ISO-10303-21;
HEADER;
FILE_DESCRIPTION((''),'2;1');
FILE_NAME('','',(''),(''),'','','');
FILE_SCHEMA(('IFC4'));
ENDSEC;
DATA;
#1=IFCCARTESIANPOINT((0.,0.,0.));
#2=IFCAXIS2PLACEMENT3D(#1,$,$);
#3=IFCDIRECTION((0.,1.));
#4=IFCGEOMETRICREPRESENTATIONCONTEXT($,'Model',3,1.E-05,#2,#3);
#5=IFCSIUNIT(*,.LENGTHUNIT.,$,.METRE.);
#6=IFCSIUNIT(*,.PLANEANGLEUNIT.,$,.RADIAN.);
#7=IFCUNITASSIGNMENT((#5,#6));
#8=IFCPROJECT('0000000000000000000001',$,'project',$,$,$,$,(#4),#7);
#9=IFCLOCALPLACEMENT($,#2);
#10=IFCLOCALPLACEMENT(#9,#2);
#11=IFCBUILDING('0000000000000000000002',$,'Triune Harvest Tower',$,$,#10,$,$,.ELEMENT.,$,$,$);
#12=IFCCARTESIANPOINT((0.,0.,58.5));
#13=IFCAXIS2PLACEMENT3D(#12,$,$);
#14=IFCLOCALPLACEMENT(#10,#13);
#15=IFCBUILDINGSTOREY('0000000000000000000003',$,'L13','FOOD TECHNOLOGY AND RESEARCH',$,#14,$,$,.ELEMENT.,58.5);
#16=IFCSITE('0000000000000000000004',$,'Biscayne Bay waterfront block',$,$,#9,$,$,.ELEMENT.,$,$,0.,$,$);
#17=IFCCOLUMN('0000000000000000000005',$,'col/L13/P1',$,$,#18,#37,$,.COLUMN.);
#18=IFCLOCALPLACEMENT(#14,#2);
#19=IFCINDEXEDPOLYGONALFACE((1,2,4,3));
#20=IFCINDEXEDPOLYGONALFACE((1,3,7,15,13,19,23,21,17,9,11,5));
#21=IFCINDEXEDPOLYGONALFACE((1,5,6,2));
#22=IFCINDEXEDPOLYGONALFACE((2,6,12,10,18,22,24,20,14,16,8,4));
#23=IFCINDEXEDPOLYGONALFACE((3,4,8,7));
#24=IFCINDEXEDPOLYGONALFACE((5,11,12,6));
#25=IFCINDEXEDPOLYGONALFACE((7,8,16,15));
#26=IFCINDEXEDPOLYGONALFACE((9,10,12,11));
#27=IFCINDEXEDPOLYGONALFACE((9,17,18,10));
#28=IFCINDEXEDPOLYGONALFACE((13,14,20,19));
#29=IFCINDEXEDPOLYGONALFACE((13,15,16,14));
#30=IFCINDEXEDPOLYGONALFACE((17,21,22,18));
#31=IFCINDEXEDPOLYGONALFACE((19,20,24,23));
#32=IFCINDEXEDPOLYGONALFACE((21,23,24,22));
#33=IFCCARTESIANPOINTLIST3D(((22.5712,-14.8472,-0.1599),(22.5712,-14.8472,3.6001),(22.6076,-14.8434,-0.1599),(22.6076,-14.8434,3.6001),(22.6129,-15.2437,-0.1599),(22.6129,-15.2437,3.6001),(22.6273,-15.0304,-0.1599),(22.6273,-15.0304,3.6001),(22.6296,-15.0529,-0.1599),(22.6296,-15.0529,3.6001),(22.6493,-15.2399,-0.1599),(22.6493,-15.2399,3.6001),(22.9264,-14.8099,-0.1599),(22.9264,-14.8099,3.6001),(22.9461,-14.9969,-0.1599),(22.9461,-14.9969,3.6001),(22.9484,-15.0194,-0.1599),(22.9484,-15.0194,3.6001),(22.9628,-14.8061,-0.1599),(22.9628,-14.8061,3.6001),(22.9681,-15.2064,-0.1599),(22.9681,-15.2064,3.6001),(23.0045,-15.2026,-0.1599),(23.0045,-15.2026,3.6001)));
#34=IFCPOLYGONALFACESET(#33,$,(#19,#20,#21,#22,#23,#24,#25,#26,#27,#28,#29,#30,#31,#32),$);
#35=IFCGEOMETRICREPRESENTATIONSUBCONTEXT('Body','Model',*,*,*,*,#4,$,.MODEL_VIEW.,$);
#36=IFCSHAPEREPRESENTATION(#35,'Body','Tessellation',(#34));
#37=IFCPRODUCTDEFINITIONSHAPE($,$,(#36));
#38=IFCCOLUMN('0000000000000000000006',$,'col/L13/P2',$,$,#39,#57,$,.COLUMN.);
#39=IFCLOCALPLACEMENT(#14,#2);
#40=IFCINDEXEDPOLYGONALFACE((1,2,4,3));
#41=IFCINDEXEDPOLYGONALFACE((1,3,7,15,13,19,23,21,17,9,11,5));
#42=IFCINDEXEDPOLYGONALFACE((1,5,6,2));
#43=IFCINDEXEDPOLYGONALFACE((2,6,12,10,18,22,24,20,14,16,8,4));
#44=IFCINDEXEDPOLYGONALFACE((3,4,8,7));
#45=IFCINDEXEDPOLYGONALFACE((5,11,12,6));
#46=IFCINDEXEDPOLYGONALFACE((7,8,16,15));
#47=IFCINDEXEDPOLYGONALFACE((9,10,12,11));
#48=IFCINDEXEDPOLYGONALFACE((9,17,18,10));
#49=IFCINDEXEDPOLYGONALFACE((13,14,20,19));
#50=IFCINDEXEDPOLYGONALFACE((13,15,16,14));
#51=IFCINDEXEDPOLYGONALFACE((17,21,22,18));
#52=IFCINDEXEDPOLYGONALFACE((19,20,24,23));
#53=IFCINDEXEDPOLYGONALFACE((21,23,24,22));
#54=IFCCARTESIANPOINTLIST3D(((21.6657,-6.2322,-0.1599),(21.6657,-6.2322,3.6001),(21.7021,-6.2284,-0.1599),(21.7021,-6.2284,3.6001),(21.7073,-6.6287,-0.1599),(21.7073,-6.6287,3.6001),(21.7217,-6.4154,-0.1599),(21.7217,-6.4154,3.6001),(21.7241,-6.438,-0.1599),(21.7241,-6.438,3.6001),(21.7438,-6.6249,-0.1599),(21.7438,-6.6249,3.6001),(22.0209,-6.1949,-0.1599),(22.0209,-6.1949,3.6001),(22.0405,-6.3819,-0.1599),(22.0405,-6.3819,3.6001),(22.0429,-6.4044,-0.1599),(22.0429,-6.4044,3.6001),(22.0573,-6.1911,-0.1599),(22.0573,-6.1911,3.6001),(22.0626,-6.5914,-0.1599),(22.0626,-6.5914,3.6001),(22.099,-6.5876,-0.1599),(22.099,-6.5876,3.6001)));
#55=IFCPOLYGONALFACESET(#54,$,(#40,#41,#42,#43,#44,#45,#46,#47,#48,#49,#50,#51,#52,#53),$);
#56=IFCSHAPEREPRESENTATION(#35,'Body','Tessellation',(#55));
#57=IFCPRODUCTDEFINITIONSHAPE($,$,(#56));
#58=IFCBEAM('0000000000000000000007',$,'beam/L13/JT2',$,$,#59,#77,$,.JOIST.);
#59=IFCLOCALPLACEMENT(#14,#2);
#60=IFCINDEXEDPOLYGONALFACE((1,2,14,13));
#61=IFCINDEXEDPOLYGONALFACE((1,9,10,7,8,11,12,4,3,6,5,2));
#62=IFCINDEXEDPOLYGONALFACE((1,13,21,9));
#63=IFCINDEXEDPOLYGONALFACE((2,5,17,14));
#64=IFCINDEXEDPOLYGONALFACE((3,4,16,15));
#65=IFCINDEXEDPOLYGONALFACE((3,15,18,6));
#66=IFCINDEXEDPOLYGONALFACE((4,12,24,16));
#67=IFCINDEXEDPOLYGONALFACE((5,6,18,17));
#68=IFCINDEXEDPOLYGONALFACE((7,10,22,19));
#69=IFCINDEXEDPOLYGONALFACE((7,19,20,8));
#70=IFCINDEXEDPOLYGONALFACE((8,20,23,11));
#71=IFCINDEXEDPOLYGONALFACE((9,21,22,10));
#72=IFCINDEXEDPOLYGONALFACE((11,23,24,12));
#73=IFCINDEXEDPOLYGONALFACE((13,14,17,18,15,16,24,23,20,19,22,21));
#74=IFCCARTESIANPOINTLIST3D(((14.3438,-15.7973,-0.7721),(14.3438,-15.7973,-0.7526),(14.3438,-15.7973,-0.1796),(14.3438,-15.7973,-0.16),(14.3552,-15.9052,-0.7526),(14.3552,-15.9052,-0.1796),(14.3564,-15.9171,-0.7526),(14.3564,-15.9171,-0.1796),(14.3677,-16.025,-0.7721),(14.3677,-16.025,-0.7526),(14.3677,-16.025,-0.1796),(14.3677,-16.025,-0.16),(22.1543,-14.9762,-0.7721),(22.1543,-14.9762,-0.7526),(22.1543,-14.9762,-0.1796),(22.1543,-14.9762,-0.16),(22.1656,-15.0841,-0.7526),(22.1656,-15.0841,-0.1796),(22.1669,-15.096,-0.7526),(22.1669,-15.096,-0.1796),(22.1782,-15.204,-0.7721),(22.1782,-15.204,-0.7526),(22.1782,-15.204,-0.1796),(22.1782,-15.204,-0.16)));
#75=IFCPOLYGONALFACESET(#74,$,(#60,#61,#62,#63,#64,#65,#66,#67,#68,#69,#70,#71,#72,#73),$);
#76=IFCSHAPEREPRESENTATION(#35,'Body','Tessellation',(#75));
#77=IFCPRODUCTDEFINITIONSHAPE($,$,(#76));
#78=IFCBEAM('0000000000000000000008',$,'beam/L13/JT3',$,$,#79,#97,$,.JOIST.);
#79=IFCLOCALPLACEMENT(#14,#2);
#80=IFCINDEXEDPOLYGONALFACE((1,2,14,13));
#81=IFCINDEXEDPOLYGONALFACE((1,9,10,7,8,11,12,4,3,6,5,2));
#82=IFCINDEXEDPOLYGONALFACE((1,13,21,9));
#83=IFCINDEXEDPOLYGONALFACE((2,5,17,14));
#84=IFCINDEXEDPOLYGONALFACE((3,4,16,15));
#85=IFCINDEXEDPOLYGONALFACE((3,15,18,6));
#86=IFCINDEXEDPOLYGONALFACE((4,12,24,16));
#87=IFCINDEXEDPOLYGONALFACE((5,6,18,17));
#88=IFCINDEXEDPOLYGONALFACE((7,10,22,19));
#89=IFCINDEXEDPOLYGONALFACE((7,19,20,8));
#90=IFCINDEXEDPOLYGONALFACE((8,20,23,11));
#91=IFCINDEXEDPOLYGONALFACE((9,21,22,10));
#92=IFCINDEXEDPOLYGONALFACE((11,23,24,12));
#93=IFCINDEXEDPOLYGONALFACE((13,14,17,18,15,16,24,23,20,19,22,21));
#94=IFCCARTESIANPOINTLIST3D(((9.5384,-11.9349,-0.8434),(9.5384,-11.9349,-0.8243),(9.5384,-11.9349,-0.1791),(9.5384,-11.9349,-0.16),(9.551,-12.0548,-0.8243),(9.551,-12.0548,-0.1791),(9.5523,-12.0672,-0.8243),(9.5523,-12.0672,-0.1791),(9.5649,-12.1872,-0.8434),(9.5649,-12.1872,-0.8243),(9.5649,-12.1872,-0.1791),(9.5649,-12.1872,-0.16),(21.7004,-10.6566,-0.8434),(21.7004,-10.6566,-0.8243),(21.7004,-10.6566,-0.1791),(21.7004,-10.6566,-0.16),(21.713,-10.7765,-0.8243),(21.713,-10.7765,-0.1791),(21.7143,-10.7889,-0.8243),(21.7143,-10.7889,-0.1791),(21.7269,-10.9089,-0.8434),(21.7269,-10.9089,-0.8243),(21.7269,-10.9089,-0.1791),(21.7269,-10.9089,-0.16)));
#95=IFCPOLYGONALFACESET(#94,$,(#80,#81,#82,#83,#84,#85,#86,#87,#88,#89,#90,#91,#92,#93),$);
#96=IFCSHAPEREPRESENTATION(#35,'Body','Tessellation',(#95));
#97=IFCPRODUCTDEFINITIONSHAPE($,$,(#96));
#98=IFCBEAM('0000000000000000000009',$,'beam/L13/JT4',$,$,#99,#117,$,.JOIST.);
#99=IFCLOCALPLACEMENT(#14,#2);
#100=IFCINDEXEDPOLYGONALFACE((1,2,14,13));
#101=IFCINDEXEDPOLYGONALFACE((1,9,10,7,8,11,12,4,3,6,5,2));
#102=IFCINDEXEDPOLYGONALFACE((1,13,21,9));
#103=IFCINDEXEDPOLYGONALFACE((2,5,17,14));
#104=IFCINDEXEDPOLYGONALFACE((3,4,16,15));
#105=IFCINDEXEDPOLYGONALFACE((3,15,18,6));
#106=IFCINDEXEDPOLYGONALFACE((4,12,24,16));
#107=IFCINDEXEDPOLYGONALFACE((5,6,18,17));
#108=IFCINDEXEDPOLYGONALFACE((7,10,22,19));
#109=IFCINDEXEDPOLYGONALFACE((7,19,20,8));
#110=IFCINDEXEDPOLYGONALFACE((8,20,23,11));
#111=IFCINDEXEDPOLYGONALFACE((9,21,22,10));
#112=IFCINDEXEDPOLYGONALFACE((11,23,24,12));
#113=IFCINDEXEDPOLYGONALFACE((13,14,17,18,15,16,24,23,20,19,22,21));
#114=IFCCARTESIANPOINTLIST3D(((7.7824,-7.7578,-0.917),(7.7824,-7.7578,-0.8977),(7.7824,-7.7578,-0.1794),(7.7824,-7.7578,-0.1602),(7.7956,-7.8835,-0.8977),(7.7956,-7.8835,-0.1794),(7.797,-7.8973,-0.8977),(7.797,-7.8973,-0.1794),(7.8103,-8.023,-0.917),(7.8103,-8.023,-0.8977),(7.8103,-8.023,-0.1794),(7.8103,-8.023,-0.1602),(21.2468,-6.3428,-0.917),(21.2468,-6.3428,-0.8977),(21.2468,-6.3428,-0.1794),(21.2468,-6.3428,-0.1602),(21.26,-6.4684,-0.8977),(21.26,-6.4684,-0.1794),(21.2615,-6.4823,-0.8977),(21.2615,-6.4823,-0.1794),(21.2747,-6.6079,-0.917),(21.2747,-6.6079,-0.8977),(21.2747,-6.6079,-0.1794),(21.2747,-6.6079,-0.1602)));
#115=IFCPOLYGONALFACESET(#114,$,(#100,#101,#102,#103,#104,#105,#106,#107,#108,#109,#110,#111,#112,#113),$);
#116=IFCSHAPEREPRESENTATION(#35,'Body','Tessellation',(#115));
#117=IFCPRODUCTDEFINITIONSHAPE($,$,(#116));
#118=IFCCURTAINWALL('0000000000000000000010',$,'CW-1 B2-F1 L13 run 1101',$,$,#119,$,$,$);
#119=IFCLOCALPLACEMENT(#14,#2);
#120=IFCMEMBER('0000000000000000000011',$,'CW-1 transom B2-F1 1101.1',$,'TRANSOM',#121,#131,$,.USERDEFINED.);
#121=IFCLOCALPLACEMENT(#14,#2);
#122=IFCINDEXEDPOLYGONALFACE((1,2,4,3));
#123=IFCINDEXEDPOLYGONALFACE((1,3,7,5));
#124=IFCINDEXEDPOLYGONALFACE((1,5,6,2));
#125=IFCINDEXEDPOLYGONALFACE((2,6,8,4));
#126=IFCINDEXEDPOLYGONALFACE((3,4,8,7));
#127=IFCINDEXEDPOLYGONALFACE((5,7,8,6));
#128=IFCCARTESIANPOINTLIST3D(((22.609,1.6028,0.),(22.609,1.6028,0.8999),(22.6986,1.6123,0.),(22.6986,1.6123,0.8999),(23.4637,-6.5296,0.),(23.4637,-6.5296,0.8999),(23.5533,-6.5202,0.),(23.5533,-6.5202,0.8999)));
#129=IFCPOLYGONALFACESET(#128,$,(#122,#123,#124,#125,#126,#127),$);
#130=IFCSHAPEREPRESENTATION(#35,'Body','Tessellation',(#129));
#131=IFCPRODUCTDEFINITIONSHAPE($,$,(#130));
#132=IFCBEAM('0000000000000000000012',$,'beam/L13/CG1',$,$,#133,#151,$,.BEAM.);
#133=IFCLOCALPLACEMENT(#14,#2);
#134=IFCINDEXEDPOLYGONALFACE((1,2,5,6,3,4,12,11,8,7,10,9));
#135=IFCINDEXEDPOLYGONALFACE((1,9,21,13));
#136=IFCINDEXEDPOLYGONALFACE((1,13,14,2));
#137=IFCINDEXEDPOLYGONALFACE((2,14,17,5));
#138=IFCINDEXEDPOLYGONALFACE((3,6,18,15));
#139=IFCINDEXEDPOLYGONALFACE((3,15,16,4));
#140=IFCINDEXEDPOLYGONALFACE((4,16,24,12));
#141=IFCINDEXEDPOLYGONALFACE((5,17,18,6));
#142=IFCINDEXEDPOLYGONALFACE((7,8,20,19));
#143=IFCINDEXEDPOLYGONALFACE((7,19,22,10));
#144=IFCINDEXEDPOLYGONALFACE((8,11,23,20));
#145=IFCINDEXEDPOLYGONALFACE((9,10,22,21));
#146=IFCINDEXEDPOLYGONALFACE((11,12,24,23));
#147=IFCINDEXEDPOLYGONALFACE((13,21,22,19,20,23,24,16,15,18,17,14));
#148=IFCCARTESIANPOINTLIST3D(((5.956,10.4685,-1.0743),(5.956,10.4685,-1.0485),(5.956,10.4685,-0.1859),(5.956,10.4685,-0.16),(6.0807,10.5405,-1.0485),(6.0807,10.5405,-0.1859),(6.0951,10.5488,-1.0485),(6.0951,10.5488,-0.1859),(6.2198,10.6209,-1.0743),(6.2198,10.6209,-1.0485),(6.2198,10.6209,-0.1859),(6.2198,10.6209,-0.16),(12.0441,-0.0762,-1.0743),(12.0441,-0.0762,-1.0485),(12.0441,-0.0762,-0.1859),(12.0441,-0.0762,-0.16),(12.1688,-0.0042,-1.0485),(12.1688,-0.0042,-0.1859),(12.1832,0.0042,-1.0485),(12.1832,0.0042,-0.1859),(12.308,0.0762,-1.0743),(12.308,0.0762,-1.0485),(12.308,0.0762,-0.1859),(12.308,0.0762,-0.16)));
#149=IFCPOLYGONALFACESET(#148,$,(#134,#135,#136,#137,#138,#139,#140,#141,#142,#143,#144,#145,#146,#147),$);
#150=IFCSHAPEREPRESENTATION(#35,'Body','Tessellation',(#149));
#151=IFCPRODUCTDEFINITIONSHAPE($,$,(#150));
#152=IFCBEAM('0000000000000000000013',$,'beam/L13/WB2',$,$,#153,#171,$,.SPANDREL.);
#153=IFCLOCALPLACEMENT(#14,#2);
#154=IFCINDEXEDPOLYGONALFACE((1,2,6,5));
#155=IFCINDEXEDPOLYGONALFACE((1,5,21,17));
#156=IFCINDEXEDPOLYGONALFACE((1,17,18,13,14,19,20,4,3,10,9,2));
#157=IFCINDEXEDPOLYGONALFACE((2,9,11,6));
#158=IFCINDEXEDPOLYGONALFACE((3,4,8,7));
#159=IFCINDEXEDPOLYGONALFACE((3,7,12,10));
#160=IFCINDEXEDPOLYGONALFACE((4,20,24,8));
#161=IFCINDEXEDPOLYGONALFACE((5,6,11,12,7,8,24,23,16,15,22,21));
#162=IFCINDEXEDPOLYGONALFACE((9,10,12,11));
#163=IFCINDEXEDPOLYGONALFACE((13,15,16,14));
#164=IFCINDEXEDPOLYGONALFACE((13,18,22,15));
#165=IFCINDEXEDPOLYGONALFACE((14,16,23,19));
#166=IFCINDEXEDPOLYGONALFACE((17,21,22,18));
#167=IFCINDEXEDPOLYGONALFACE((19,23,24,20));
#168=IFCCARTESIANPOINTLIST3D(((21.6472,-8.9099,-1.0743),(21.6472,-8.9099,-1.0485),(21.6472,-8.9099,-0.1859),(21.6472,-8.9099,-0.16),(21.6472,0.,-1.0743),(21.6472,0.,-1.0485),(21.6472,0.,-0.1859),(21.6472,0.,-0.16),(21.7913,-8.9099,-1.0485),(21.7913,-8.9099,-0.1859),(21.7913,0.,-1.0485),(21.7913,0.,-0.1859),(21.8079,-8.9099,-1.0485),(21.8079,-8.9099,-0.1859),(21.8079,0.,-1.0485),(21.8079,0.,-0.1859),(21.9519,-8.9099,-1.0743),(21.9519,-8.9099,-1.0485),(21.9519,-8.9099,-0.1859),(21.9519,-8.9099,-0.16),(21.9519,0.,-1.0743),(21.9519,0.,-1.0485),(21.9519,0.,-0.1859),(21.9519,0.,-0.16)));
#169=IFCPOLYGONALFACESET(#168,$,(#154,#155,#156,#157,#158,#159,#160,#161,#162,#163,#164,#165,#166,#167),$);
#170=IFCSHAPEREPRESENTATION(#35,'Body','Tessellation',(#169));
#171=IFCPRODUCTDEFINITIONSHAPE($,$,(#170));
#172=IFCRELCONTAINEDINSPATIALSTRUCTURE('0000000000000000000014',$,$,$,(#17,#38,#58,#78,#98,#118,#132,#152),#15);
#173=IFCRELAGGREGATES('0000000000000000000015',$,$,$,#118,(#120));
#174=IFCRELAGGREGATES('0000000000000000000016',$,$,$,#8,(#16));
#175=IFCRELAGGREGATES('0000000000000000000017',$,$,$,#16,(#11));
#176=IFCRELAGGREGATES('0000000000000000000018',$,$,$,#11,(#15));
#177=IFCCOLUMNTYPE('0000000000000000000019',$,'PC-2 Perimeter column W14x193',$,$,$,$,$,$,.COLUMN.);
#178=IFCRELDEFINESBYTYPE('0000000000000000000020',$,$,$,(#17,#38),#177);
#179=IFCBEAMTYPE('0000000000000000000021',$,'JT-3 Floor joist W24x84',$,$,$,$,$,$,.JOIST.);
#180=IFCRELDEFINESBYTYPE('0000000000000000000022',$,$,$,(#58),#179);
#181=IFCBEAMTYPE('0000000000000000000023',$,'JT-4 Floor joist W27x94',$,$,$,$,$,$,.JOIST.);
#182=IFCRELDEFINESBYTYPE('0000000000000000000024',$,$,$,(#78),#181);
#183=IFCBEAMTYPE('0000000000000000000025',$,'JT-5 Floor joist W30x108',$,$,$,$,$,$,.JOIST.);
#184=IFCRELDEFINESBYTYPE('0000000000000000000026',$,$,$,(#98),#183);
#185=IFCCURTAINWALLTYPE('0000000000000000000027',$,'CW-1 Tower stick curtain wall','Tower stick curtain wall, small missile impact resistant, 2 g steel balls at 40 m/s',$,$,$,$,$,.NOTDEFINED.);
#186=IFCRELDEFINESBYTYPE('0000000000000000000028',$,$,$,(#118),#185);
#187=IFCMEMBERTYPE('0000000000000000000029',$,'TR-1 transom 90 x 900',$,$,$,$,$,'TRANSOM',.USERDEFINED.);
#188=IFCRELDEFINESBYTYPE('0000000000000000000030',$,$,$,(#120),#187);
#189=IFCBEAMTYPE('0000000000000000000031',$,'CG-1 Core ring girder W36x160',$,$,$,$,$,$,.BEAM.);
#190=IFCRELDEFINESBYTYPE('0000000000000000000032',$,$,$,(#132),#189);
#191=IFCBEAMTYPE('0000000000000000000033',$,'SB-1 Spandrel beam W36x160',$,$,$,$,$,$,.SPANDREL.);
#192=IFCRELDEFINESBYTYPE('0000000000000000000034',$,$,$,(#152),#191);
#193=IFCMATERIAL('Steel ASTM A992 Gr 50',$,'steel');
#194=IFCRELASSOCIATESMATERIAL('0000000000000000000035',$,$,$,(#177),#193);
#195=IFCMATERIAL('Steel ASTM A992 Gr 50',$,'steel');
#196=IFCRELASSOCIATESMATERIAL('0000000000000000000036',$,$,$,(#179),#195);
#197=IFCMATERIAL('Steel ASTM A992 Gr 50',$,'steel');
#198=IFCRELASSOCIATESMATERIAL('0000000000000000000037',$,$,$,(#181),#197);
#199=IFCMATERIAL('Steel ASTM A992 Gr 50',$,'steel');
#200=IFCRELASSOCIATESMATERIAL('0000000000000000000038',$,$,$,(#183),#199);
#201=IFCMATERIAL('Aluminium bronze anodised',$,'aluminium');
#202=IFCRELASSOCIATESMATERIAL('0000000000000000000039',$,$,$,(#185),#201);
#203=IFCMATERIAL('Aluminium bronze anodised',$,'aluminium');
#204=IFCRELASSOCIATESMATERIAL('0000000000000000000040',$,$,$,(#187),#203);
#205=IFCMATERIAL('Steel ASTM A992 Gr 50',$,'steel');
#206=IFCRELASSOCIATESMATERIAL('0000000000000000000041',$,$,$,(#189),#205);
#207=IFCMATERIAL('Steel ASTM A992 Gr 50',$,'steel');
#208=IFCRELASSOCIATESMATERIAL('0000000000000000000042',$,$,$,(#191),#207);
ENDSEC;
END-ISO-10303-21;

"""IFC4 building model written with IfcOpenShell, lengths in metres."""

from ifc_helpers import new_model, si_unit, direction, frame, origin, origin_2d, place, context, subcontext, project, spatial, rectangle, i_section, extrude, source, transform, mapped, material, material_profile, profile_set, type_object, element, aggregate, save


model = new_model("IFC4")

# Units and contexts
model_context = context("Model", 3, precision=1e-05, world=origin(), true_north=direction((0.0, 1.0)))
body_context = subcontext(model_context, "Body", "Model", "MODEL_VIEW")
ifc_project = project(units=[si_unit("LENGTHUNIT", "METRE"), si_unit("PLANEANGLEUNIT", "RADIAN")], contexts=[model_context])

# Site, building, storey
site_placement = place(None, origin())
site = spatial("IfcSite", under=ifc_project, at=site_placement, Name="Biscayne Bay waterfront block", CompositionType="ELEMENT", RefElevation=0.0)
building_placement = place(site_placement, origin())
building = spatial("IfcBuilding", under=site, at=building_placement, Name="Triune Harvest Tower", CompositionType="ELEMENT")
storey_placement = place(building_placement, frame((0.0, 0.0, 58.5)))
storey = spatial("IfcBuildingStorey", under=building, at=storey_placement, Name="L13", Description="FOOD TECHNOLOGY AND RESEARCH", CompositionType="ELEMENT", Elevation=58.5)

# Columns
ifc_material_1 = material(Name="Steel ASTM A992 Gr 50", Category="steel")
ifc_material_profile_1 = material_profile(ifc_material_1, i_section(OverallWidth=0.3987, OverallDepth=0.3938, WebThickness=0.0227, FlangeThickness=0.0366, at=origin_2d()), Name="W14x193")
ifc_profile_set_1 = profile_set([ifc_material_profile_1], Name="Steel ASTM A992 Gr 50")
column_type = type_object("IfcColumnType", Name="PC-2 Perimeter column W14x193", PredefinedType="COLUMN", material=ifc_profile_set_1)
shared_shape_1 = source(origin(), body_context, "Body", "SweptSolid", [
    extrude(i_section(OverallWidth=0.3987, OverallDepth=0.3938, WebThickness=0.0227, FlangeThickness=0.0366, at=origin_2d()), origin(), (0.0, 0.0, 1.0), 3.76),
])
for number, where, z_axis, x_axis, name in (
    (1, (22.7878, -15.0249, -0.1599), (0.0, 0.0, 1.0), (-0.104527, 0.994522, 0.0), "col/L13/P1"),
    (2, (21.8823, -6.4099, -0.1599), (0.0, 0.0, 1.0), (-0.104527, 0.994522, 0.0), "col/L13/P2"),
):
    element("IfcColumn", number, at=place(storey_placement, frame(where, z_axis=z_axis, x_axis=x_axis)), inside=storey, type_object=column_type, Name=name, PredefinedType="COLUMN", context=body_context, shape_type="MappedRepresentation", body=[
        mapped(shared_shape_1, transform((0.0, 0.0, 0.0), scale=1.0)),
    ])

# Beams
ifc_material_2 = material(Name="Steel ASTM A992 Gr 50", Category="steel")
ifc_material_profile_2 = material_profile(ifc_material_2, i_section(OverallWidth=0.229, OverallDepth=0.6121, WebThickness=0.012, FlangeThickness=0.0195, at=origin_2d()), Name="W24x84")
ifc_profile_set_2 = profile_set([ifc_material_profile_2], Name="Steel ASTM A992 Gr 50")
beam_type_1 = type_object("IfcBeamType", Name="JT-3 Floor joist W24x84", PredefinedType="JOIST", material=ifc_profile_set_2)
beam_1_placement = place(storey_placement, frame((22.1663, -15.0901, -0.4661), z_axis=(-0.99452, -0.104544, 0.0), x_axis=(0.104544, -0.99452, 0.0)))
element("IfcBeam", 3, at=beam_1_placement, inside=storey, type_object=beam_type_1, Name="beam/L13/JT2", PredefinedType="JOIST", context=body_context, shape_type="SweptSolid", body=[
    extrude(i_section(OverallWidth=0.229, OverallDepth=0.6121, WebThickness=0.012, FlangeThickness=0.0195, at=origin_2d()), origin(), (0.0, 0.0, 1.0), 7.8535),
])
ifc_material_3 = material(Name="Steel ASTM A992 Gr 50", Category="steel")
ifc_material_profile_3 = material_profile(ifc_material_3, i_section(OverallWidth=0.2537, OverallDepth=0.6833, WebThickness=0.0125, FlangeThickness=0.019, at=origin_2d()), Name="W27x94")
ifc_profile_set_3 = profile_set([ifc_material_profile_3], Name="Steel ASTM A992 Gr 50")
beam_type_2 = type_object("IfcBeamType", Name="JT-4 Floor joist W27x94", PredefinedType="JOIST", material=ifc_profile_set_3)
beam_2_placement = place(storey_placement, frame((21.7136, -10.7827, -0.5017), z_axis=(-0.994522, -0.104531, 0.0), x_axis=(0.104531, -0.994522, 0.0)))
element("IfcBeam", 4, at=beam_2_placement, inside=storey, type_object=beam_type_2, Name="beam/L13/JT3", PredefinedType="JOIST", context=body_context, shape_type="SweptSolid", body=[
    extrude(i_section(OverallWidth=0.2537, OverallDepth=0.6833, WebThickness=0.0125, FlangeThickness=0.019, at=origin_2d()), origin(), (0.0, 0.0, 1.0), 12.229),
])
ifc_material_4 = material(Name="Steel ASTM A992 Gr 50", Category="steel")
ifc_material_profile_4 = material_profile(ifc_material_4, i_section(OverallWidth=0.2666, OverallDepth=0.7568, WebThickness=0.0139, FlangeThickness=0.0193, at=origin_2d()), Name="W30x108")
ifc_profile_set_4 = profile_set([ifc_material_profile_4], Name="Steel ASTM A992 Gr 50")
beam_type_3 = type_object("IfcBeamType", Name="JT-5 Floor joist W30x108", PredefinedType="JOIST", material=ifc_profile_set_4)
beam_3_placement = place(storey_placement, frame((21.2607, -6.4753, -0.5386), z_axis=(-0.994523, -0.10452, 0.0), x_axis=(0.10452, -0.994523, 0.0)))
element("IfcBeam", 5, at=beam_3_placement, inside=storey, type_object=beam_type_3, Name="beam/L13/JT4", PredefinedType="JOIST", context=body_context, shape_type="SweptSolid", body=[
    extrude(i_section(OverallWidth=0.2666, OverallDepth=0.7568, WebThickness=0.0139, FlangeThickness=0.0193, at=origin_2d()), origin(), (0.0, 0.0, 1.0), 13.5386),
])

# Curtain wall, member
ifc_material_5 = material(Name="Aluminium bronze anodised", Category="aluminium")
curtain_wall_type_1 = type_object("IfcCurtainWallType", Name="CW-1 Tower stick curtain wall", Description="Tower stick curtain wall, small missile impact resistant, 2 g steel balls at 40 m/s", PredefinedType="NOTDEFINED", material=ifc_material_5)
curtain_wall_1_placement = place(storey_placement, origin())
curtain_wall_1 = element("IfcCurtainWall", 6, at=curtain_wall_1_placement, inside=storey, type_object=curtain_wall_type_1, Name="CW-1 B2-F1 L13 run 1101")
ifc_material_6 = material(Name="Aluminium bronze anodised", Category="aluminium")
ifc_material_profile_5 = material_profile(ifc_material_6, rectangle(XDim=0.0901, YDim=0.8999, at=origin_2d()), Name="TR-1 transom 90 x 900")
ifc_profile_set_5 = profile_set([ifc_material_profile_5], Name="Aluminium bronze anodised")
member_type_1 = type_object("IfcMemberType", Name="TR-1 transom 90 x 900", ElementType="TRANSOM", PredefinedType="USERDEFINED", material=ifc_profile_set_5)
member_1_placement = place(storey_placement, frame((23.5085, -6.5249, 0.45), z_axis=(-0.104525, 0.994522, 0.0), x_axis=(-0.994522, -0.104525, 0.0)))
member_1 = element("IfcMember", 7, at=member_1_placement, type_object=member_type_1, Name="CW-1 transom B2-F1 1101.1", ObjectType="TRANSOM", PredefinedType="USERDEFINED", context=body_context, shape_type="SweptSolid", body=[
    extrude(rectangle(XDim=0.0901, YDim=0.8999, at=origin_2d()), origin(), (0.0, 0.0, 1.0), 8.1772),
])

# Beams
ifc_material_7 = material(Name="Steel ASTM A992 Gr 50", Category="steel")
ifc_material_profile_6 = material_profile(ifc_material_7, i_section(OverallWidth=0.3047, OverallDepth=0.9143, WebThickness=0.0166, FlangeThickness=0.0259, at=origin_2d()), Name="W36x160")
ifc_profile_set_6 = profile_set([ifc_material_profile_6], Name="Steel ASTM A992 Gr 50")
beam_type_4 = type_object("IfcBeamType", Name="CG-1 Core ring girder W36x160", PredefinedType="BEAM", material=ifc_profile_set_6)
shared_shape_2 = source(origin(), body_context, "Body", "SweptSolid", [
    extrude(i_section(OverallWidth=0.3047, OverallDepth=0.9143, WebThickness=0.0166, FlangeThickness=0.0259, at=origin_2d()), origin(), (0.0, 0.0, 1.0), 12.176),
])
beam_4_placement = place(storey_placement, frame((12.176, 0.0, -0.6172), z_axis=(-0.50001, 0.86602, 0.0), x_axis=(-0.86602, -0.50001, 0.0)))
element("IfcBeam", 8, at=beam_4_placement, inside=storey, type_object=beam_type_4, Name="beam/L13/CG1", PredefinedType="BEAM", context=body_context, shape_type="MappedRepresentation", body=[
    mapped(shared_shape_2, transform((0.0, 0.0, 0.0), scale=1.0)),
])
ifc_material_8 = material(Name="Steel ASTM A992 Gr 50", Category="steel")
ifc_material_profile_7 = material_profile(ifc_material_8, i_section(OverallWidth=0.3047, OverallDepth=0.9143, WebThickness=0.0166, FlangeThickness=0.0259, at=origin_2d()), Name="W36x160")
ifc_profile_set_7 = profile_set([ifc_material_profile_7], Name="Steel ASTM A992 Gr 50")
beam_type_5 = type_object("IfcBeamType", Name="SB-1 Spandrel beam W36x160", PredefinedType="SPANDREL", material=ifc_profile_set_7)
shared_shape_3 = source(origin(), body_context, "Body", "SweptSolid", [
    extrude(i_section(OverallWidth=0.3047, OverallDepth=0.9143, WebThickness=0.0166, FlangeThickness=0.0259, at=origin_2d()), origin(), (0.0, 0.0, 1.0), 8.9099),
])
for number, where, z_axis, x_axis, name in (
    (9, (21.7996, -8.9099, -0.6172), (0.0, 1.0, 0.0), (-1.0, 0.0, 0.0), "beam/L13/WB2"),
):
    element("IfcBeam", number, at=place(storey_placement, frame(where, z_axis=z_axis, x_axis=x_axis)), inside=storey, type_object=beam_type_5, Name=name, PredefinedType="SPANDREL", context=body_context, shape_type="MappedRepresentation", body=[
        mapped(shared_shape_3, transform((0.0, 0.0, 0.0), scale=1.0)),
    ])

aggregate(curtain_wall_1, [member_1])

save(model, "model.ifc")
